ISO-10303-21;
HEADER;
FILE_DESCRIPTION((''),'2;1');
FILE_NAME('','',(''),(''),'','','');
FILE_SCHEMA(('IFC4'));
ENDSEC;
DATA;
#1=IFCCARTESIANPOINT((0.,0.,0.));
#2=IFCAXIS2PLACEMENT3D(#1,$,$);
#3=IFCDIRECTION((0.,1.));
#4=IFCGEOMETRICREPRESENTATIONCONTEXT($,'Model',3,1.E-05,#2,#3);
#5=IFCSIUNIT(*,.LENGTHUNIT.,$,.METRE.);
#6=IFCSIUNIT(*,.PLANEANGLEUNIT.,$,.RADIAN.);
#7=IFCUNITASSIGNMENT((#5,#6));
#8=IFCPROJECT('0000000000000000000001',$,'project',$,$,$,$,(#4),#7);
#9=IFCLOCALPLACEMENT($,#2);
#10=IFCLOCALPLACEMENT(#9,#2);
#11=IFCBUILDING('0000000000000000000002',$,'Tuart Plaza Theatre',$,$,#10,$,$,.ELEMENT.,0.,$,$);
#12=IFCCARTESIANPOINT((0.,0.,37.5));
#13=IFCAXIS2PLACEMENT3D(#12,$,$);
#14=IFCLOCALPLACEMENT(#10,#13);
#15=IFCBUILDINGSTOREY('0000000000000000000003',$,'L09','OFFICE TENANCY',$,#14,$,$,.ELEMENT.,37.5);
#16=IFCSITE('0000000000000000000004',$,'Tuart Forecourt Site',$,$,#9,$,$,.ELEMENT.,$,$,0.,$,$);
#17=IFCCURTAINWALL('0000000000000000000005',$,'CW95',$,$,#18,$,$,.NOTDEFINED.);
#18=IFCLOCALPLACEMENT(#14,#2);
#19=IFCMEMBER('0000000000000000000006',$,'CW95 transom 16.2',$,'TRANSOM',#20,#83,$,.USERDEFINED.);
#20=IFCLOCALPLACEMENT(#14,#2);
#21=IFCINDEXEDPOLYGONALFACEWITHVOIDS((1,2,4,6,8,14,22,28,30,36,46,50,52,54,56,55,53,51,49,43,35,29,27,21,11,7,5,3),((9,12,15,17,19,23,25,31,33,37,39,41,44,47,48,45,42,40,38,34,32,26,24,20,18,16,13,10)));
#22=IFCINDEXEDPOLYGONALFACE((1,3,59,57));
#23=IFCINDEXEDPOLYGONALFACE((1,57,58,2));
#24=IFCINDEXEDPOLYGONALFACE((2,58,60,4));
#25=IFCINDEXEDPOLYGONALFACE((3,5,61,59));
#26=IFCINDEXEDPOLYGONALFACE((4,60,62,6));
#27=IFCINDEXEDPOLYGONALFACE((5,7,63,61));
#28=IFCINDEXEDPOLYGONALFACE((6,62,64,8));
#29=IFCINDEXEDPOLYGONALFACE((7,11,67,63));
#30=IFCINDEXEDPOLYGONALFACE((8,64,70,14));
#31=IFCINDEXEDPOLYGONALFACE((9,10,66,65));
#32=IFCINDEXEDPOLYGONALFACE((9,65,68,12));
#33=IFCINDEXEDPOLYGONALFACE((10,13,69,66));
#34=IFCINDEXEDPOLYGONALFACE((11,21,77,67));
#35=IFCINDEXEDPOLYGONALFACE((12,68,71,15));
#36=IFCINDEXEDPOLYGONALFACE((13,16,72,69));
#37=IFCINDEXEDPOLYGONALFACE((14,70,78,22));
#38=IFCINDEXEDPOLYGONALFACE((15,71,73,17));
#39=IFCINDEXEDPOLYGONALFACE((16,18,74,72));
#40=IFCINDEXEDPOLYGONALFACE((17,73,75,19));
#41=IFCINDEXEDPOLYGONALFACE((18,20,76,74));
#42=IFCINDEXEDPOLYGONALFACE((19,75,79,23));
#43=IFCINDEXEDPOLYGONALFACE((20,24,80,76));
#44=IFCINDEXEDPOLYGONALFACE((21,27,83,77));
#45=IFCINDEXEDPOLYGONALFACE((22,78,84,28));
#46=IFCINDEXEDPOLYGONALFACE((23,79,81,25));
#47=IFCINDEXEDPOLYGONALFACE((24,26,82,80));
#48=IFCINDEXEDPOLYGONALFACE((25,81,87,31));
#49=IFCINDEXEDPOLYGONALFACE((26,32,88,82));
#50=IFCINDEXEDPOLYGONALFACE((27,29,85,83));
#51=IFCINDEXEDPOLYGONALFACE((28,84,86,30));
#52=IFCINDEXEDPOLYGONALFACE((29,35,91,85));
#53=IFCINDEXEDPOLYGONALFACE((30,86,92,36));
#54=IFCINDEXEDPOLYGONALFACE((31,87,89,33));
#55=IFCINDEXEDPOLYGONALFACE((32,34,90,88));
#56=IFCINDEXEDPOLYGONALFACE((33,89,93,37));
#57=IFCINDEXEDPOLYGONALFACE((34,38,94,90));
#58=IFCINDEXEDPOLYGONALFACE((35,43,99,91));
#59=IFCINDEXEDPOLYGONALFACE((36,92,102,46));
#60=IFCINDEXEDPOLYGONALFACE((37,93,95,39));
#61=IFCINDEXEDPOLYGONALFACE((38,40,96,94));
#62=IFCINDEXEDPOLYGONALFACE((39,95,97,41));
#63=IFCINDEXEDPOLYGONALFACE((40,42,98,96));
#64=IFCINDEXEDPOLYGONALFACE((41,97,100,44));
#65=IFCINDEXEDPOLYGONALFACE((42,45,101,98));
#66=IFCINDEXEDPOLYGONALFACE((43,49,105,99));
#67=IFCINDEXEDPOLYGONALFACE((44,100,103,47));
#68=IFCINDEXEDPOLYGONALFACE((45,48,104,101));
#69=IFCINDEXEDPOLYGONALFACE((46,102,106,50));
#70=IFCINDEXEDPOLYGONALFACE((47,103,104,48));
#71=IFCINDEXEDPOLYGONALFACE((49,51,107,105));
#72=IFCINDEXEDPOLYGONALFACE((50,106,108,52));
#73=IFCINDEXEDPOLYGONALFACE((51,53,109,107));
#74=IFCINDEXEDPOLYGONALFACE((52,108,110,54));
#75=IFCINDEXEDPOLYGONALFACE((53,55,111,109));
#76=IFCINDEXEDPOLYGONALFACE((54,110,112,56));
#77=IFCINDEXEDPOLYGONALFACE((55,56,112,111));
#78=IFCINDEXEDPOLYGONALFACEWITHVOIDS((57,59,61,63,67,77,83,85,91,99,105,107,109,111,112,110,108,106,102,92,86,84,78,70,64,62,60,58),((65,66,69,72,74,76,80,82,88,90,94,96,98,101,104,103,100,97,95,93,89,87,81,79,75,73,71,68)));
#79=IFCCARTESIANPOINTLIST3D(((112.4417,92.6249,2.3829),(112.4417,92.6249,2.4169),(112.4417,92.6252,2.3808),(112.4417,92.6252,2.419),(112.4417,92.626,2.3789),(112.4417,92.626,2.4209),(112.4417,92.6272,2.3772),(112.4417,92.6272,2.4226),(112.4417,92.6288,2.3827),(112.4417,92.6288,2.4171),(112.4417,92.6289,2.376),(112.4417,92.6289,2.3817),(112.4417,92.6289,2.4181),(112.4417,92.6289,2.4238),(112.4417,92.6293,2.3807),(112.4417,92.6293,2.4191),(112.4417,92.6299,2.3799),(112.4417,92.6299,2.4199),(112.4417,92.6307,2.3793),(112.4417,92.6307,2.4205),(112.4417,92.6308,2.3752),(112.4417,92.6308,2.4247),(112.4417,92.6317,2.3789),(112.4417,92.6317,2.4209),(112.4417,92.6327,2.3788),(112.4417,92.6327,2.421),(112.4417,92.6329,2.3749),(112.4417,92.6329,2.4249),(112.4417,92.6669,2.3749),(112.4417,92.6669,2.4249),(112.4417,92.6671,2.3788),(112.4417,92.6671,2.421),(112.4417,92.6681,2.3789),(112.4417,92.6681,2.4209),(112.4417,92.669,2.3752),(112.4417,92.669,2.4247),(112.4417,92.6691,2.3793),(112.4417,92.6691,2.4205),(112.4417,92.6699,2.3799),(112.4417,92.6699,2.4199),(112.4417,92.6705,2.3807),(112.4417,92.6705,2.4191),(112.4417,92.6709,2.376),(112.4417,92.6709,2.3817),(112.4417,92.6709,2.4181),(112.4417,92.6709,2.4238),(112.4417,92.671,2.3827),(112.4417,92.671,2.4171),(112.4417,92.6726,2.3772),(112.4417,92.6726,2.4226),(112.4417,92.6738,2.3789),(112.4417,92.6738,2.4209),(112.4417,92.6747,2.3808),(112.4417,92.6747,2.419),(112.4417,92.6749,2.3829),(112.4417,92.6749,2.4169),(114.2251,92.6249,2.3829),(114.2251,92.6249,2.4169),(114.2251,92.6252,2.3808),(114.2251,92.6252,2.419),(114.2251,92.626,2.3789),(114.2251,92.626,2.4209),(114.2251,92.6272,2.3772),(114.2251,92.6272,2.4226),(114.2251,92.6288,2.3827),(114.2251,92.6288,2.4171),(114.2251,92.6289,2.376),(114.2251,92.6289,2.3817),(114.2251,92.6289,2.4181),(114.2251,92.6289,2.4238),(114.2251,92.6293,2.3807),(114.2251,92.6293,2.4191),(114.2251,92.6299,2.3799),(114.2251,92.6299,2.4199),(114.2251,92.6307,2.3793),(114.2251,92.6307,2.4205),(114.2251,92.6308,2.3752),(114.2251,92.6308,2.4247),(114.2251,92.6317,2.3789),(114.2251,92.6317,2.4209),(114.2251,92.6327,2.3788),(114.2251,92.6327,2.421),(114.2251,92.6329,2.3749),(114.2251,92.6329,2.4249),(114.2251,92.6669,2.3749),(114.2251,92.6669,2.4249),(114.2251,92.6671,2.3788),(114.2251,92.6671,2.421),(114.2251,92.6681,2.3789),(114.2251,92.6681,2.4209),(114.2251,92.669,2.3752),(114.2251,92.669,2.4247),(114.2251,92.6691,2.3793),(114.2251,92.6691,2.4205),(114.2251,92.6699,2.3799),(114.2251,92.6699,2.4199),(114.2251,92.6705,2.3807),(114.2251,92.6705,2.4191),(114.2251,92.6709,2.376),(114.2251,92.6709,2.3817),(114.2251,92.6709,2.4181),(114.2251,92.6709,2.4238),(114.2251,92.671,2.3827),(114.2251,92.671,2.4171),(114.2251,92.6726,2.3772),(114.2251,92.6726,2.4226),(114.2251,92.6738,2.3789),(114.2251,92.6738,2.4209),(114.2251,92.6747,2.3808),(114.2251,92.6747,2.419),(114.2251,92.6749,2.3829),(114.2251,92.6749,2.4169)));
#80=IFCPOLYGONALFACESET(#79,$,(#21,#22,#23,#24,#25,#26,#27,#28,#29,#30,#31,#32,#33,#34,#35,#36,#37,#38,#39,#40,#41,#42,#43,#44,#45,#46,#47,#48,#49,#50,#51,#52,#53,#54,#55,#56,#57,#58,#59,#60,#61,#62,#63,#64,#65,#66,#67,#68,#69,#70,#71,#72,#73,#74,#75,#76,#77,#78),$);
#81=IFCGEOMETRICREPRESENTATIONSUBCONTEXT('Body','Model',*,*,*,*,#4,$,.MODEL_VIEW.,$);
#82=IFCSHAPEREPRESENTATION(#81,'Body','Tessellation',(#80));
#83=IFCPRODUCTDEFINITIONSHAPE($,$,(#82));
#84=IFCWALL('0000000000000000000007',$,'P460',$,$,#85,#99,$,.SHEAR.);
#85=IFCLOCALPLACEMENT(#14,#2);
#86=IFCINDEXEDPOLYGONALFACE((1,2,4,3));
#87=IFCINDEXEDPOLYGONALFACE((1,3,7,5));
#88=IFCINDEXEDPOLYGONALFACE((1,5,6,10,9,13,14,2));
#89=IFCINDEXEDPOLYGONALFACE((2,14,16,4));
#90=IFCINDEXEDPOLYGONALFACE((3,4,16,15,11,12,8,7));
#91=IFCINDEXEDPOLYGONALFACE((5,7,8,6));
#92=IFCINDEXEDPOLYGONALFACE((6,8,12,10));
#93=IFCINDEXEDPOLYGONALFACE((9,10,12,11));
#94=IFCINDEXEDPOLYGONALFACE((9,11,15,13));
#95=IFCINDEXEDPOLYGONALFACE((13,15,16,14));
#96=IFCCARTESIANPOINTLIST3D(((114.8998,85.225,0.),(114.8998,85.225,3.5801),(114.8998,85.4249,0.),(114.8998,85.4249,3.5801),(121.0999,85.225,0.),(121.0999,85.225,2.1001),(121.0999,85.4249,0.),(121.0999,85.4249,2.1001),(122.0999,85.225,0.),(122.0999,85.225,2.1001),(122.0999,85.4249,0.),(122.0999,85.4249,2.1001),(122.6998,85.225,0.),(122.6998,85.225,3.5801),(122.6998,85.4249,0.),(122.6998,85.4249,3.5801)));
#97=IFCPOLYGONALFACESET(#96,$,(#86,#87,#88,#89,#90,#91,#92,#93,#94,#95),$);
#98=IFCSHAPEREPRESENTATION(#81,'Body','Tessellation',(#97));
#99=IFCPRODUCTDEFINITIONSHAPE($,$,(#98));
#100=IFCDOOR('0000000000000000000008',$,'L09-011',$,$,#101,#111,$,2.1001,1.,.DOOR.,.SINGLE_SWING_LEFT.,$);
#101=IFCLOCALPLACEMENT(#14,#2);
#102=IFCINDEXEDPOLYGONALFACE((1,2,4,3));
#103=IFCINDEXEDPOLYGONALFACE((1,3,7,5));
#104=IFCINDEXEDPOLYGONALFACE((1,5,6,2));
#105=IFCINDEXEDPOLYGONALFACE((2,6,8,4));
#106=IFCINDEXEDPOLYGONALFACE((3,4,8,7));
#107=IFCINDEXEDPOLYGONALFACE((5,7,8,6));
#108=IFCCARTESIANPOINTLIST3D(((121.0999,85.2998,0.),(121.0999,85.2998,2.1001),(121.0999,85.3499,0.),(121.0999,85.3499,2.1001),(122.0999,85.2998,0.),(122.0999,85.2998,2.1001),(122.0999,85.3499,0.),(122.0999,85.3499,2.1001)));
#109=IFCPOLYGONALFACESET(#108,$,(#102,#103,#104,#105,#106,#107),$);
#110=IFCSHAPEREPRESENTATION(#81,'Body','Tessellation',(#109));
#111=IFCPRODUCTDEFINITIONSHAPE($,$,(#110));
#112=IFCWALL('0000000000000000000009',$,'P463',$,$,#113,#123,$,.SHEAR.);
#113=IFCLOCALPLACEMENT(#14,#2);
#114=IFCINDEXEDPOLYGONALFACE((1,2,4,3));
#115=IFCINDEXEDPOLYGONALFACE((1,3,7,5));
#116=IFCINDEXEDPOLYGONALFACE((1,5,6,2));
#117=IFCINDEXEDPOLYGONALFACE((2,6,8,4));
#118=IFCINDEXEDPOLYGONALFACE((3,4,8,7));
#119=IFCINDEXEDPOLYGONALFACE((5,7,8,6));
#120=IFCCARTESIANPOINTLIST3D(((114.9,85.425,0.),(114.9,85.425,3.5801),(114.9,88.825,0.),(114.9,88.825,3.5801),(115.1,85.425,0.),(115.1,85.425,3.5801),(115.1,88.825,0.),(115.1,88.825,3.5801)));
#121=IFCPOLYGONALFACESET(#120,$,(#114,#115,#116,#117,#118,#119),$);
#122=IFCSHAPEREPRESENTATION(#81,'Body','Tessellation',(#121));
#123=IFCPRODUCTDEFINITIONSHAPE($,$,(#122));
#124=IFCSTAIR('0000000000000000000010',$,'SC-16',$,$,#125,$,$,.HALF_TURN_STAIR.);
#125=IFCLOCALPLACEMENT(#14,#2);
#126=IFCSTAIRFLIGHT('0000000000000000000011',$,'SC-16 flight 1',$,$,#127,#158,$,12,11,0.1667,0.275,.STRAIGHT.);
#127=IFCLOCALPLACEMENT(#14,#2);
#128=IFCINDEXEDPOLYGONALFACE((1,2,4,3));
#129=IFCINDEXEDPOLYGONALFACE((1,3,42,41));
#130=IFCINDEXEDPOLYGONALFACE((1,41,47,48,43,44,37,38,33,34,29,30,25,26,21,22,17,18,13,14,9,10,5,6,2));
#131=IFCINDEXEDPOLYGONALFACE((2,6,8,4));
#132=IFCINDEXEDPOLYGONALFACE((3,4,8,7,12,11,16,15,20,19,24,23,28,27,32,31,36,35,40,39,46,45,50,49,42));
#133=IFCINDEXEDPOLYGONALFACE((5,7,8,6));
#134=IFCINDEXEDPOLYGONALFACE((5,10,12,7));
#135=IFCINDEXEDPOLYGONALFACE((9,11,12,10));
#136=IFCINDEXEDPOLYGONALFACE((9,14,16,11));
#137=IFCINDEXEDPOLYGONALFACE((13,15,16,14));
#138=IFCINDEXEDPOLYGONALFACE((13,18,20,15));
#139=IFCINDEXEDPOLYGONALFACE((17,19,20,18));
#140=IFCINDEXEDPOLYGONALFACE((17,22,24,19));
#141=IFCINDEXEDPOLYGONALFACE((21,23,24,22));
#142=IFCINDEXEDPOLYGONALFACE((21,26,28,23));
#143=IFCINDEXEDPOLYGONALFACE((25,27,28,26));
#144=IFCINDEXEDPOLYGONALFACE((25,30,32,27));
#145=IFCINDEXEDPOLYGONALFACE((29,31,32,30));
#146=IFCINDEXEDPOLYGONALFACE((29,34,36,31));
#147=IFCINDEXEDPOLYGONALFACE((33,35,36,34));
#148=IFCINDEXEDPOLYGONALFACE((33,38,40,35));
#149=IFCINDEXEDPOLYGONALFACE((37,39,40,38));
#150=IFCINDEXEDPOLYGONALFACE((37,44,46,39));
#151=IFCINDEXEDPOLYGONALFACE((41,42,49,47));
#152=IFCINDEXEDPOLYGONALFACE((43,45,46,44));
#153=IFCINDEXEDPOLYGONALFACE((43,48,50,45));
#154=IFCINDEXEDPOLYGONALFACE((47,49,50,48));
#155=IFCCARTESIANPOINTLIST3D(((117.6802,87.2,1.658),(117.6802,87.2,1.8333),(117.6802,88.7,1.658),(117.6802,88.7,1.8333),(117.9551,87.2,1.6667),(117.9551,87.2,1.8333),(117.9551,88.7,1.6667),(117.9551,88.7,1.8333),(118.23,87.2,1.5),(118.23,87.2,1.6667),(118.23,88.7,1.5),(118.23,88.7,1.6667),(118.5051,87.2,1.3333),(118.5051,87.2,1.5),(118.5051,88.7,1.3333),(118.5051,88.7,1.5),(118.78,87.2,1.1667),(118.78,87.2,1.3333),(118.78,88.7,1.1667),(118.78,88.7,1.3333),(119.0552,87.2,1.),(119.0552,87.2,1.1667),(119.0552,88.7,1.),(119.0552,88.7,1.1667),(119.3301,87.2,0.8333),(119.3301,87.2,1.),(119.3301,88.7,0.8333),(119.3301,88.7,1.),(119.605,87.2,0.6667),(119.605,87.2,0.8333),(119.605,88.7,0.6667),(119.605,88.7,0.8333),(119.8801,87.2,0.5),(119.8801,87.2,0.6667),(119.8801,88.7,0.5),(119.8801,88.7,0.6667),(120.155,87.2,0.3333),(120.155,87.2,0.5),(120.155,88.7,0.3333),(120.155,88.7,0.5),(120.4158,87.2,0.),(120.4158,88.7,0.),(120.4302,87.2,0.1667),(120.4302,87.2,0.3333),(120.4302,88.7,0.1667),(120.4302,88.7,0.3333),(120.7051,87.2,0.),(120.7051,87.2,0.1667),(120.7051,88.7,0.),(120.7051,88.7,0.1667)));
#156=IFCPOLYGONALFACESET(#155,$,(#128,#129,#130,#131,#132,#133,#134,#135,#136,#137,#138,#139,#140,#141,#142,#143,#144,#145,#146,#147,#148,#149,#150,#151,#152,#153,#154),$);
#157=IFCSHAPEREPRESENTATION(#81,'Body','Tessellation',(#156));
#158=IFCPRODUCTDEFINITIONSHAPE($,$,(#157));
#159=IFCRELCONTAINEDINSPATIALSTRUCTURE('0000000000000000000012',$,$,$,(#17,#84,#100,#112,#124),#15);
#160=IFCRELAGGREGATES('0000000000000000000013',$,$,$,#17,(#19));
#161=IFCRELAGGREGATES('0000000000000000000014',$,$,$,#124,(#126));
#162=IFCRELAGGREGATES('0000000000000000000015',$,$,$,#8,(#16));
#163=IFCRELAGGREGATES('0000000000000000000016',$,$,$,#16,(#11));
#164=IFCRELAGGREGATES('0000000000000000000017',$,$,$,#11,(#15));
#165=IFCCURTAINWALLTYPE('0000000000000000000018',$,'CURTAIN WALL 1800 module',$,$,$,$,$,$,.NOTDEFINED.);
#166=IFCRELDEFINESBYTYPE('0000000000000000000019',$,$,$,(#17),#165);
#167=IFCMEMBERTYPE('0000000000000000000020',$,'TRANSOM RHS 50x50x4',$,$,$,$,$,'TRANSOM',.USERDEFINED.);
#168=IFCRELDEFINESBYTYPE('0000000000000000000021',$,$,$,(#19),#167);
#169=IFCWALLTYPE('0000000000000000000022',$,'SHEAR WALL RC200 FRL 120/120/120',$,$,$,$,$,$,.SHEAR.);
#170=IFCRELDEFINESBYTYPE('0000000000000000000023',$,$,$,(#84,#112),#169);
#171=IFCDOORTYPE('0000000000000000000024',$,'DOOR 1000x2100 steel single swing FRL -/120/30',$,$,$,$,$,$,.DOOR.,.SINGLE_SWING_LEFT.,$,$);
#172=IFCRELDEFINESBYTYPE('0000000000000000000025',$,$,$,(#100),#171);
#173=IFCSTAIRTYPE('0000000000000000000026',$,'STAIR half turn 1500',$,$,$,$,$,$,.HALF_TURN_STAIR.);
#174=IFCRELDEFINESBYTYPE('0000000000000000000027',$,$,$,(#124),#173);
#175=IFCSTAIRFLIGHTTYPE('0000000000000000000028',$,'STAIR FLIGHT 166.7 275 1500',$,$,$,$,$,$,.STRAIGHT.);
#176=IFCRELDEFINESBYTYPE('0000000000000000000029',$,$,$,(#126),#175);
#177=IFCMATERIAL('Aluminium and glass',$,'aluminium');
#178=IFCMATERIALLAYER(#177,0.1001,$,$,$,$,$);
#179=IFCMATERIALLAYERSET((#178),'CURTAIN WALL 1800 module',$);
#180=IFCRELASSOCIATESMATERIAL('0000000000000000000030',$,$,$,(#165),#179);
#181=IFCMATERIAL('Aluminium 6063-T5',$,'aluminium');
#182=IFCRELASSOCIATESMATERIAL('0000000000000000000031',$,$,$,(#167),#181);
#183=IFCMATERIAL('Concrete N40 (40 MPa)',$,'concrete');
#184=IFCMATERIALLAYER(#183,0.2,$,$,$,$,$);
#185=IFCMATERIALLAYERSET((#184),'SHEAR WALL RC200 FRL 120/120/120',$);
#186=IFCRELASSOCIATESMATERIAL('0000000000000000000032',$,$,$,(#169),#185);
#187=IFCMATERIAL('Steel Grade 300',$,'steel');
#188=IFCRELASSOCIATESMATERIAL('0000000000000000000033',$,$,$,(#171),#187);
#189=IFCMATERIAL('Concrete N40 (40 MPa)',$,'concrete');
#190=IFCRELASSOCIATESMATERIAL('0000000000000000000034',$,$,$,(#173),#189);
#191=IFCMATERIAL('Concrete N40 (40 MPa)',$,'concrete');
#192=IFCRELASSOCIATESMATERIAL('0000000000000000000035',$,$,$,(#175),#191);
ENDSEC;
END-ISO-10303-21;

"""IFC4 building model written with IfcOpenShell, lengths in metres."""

from ifc_helpers import new_model, si_unit, direction, frame, frame_2d, origin, origin_2d, place, context, subcontext, project, spatial, polyline, rectangle, hollow_rectangle, outline, extrude, material, layer, layer_set, material_profile, profile_set, type_object, element, fill, aggregate, save


model = new_model("IFC4")

# Units and contexts
model_context = context("Model", 3, precision=1e-05, world=origin(), true_north=direction((0.0, 1.0)))
body_context = subcontext(model_context, "Body", "Model", "MODEL_VIEW")
ifc_project = project(units=[si_unit("LENGTHUNIT", "METRE"), si_unit("PLANEANGLEUNIT", "RADIAN")], contexts=[model_context])

# Site, building, storey
site_placement = place(None, origin())
site = spatial("IfcSite", under=ifc_project, at=site_placement, Name="Tuart Forecourt Site", CompositionType="ELEMENT", RefElevation=0.0)
building_placement = place(site_placement, origin())
building = spatial("IfcBuilding", under=site, at=building_placement, Name="Tuart Plaza Theatre", CompositionType="ELEMENT", ElevationOfRefHeight=0.0)
storey_placement = place(building_placement, frame((0.0, 0.0, 37.5)))
storey = spatial("IfcBuildingStorey", under=building, at=storey_placement, Name="L09", Description="OFFICE TENANCY", CompositionType="ELEMENT", Elevation=37.5)

# Curtain wall, member
ifc_material_1 = material(Name="Aluminium and glass", Category="aluminium")
ifc_layer_1 = layer(ifc_material_1, 0.1001)
ifc_layer_set_1 = layer_set([ifc_layer_1], Name="CURTAIN WALL 1800 module")
curtain_wall_type = type_object("IfcCurtainWallType", Name="CURTAIN WALL 1800 module", PredefinedType="NOTDEFINED", material=ifc_layer_set_1)
curtain_wall_placement = place(storey_placement, origin())
curtain_wall = element("IfcCurtainWall", 1, at=curtain_wall_placement, inside=storey, type_object=curtain_wall_type, Name="CW95", PredefinedType="NOTDEFINED")
ifc_material_2 = material(Name="Aluminium 6063-T5", Category="aluminium")
ifc_material_profile_1 = material_profile(ifc_material_2, hollow_rectangle(XDim=0.05, YDim=0.05, WallThickness=0.0039, InnerFilletRadius=0.0039, OuterFilletRadius=0.0081, at=origin_2d()), Name="RHS 50x50x4")
ifc_profile_set_1 = profile_set([ifc_material_profile_1], Name="Aluminium 6063-T5")
member_type = type_object("IfcMemberType", Name="TRANSOM RHS 50x50x4", ElementType="TRANSOM", PredefinedType="USERDEFINED", material=ifc_profile_set_1)
member_1_placement = place(storey_placement, frame((114.2251, 92.6499, 2.3999), z_axis=(-1.0, 0.0, 0.0), x_axis=(0.0, -1.0, 0.0)))
member_1 = element("IfcMember", 2, at=member_1_placement, type_object=member_type, Name="CW95 transom 16.2", ObjectType="TRANSOM", PredefinedType="USERDEFINED", context=body_context, shape_type="SweptSolid", body=[
    extrude(hollow_rectangle(XDim=0.05, YDim=0.05, WallThickness=0.0039, InnerFilletRadius=0.0039, OuterFilletRadius=0.0081, at=origin_2d()), origin(), (0.0, 0.0, 1.0), 1.7834),
])
aggregate(curtain_wall, [member_1])

# Wall, opening, door
ifc_material_3 = material(Name="Concrete N40 (40 MPa)", Category="concrete")
ifc_layer_2 = layer(ifc_material_3, 0.2)
ifc_layer_set_2 = layer_set([ifc_layer_2], Name="SHEAR WALL RC200 FRL 120/120/120")
wall_type = type_object("IfcWallType", Name="SHEAR WALL RC200 FRL 120/120/120", PredefinedType="SHEAR", material=ifc_layer_set_2)
wall_1_placement = place(storey_placement, frame((114.8999, 85.325, 0.0), z_axis=(0.0, 0.0, 1.0), x_axis=(1.0, 0.0, 0.0)))
wall_1 = element("IfcWall", 3, at=wall_1_placement, inside=storey, type_object=wall_type, Name="P460", PredefinedType="SHEAR", context=body_context, shape_type="SweptSolid", body=[
    extrude(rectangle(XDim=7.8, YDim=0.2, at=frame_2d((3.8999, 0.0))), origin(), (0.0, 0.0, 1.0), 3.5801),
])
opening_placement = place(wall_1_placement, frame((6.2, 0.0, 0.0)))
opening = element("IfcOpeningElement", 4, at=opening_placement, cuts=wall_1, PredefinedType="OPENING", context=body_context, shape_type="SweptSolid", body=[
    extrude(rectangle(XDim=1.0, YDim=2.1001, at=frame_2d((0.5, 1.05))), frame((0.0, 0.1099, 0.0), z_axis=(0.0, -1.0, 0.0), x_axis=(1.0, 0.0, 0.0)), (0.0, 0.0, 1.0), 0.22),
])
ifc_material_4 = material(Name="Steel Grade 300", Category="steel")
door_type = type_object("IfcDoorType", Name="DOOR 1000x2100 steel single swing FRL -/120/30", OperationType="SINGLE_SWING_LEFT", PredefinedType="DOOR", material=ifc_material_4)
door_placement = place(opening_placement, origin())
door = element("IfcDoor", 5, at=door_placement, inside=storey, type_object=door_type, Name="L09-011", OperationType="SINGLE_SWING_LEFT", OverallHeight=2.1001, OverallWidth=1.0, PredefinedType="DOOR", context=body_context, shape_type="SweptSolid", body=[
    extrude(rectangle(XDim=1.0, YDim=2.1001, at=frame_2d((0.5, 1.05))), frame((0.0, 0.0249, 0.0), z_axis=(0.0, -1.0, 0.0), x_axis=(1.0, 0.0, 0.0)), (0.0, 0.0, 1.0), 0.05),
])
fill(opening, door)

# Wall
wall_2_placement = place(storey_placement, frame((115.0, 88.825, 0.0), z_axis=(0.0, 0.0, 1.0), x_axis=(0.0, -1.0, 0.0)))
element("IfcWall", 6, at=wall_2_placement, inside=storey, type_object=wall_type, Name="P463", PredefinedType="SHEAR", context=body_context, shape_type="SweptSolid", body=[
    extrude(rectangle(XDim=3.3999, YDim=0.2, at=frame_2d((1.7, 0.0))), origin(), (0.0, 0.0, 1.0), 3.5801),
])

# Stair, stair flight
ifc_material_5 = material(Name="Concrete N40 (40 MPa)", Category="concrete")
stair_type = type_object("IfcStairType", Name="STAIR half turn 1500", PredefinedType="HALF_TURN_STAIR", material=ifc_material_5)
stair_placement = place(storey_placement, origin())
stair = element("IfcStair", 7, at=stair_placement, inside=storey, type_object=stair_type, Name="SC-16", PredefinedType="HALF_TURN_STAIR")
ifc_material_6 = material(Name="Concrete N40 (40 MPa)", Category="concrete")
stair_flight_type = type_object("IfcStairFlightType", Name="STAIR FLIGHT 166.7 275 1500", PredefinedType="STRAIGHT", material=ifc_material_6)
stair_flight_1_placement = place(storey_placement, frame((120.7051, 87.95, 0.0), z_axis=(0.0, 0.0, 1.0), x_axis=(-1.0, 0.0, 0.0)))
stair_flight_1 = element("IfcStairFlight", 8, at=stair_flight_1_placement, type_object=stair_flight_type, Name="SC-16 flight 1", NumberOfRisers=12, NumberOfTreads=11, PredefinedType="STRAIGHT", RiserHeight=0.1667, TreadLength=0.275, context=body_context, shape_type="SweptSolid", body=[
    extrude(outline(polyline([(0.0, 0.0), (0.0, 0.1667), (0.2749, 0.1667), (0.2749, 0.3333), (0.55, 0.3333), (0.55, 0.5), (0.825, 0.5), (0.825, 0.6667), (1.1001, 0.6667), (1.1001, 0.8333), (1.375, 0.8333), (1.375, 1.0), (1.6499, 1.0), (1.6499, 1.1667), (1.925, 1.1667), (1.925, 1.3333), (2.2, 1.3333), (2.2, 1.5), (2.4751, 1.5), (2.4751, 1.6667), (2.75, 1.6667), (2.75, 1.8333), (3.0249, 1.8333), (3.0249, 2.0), (3.0249, 1.658), (0.2893, 0.0), (0.0, 0.0)])), frame((0.0, 0.75, 0.0), z_axis=(0.0, -1.0, 0.0), x_axis=(1.0, 0.0, 0.0)), (0.0, 0.0, 1.0), 1.5),
])
aggregate(stair, [stair_flight_1])

save(model, "model.ifc")
